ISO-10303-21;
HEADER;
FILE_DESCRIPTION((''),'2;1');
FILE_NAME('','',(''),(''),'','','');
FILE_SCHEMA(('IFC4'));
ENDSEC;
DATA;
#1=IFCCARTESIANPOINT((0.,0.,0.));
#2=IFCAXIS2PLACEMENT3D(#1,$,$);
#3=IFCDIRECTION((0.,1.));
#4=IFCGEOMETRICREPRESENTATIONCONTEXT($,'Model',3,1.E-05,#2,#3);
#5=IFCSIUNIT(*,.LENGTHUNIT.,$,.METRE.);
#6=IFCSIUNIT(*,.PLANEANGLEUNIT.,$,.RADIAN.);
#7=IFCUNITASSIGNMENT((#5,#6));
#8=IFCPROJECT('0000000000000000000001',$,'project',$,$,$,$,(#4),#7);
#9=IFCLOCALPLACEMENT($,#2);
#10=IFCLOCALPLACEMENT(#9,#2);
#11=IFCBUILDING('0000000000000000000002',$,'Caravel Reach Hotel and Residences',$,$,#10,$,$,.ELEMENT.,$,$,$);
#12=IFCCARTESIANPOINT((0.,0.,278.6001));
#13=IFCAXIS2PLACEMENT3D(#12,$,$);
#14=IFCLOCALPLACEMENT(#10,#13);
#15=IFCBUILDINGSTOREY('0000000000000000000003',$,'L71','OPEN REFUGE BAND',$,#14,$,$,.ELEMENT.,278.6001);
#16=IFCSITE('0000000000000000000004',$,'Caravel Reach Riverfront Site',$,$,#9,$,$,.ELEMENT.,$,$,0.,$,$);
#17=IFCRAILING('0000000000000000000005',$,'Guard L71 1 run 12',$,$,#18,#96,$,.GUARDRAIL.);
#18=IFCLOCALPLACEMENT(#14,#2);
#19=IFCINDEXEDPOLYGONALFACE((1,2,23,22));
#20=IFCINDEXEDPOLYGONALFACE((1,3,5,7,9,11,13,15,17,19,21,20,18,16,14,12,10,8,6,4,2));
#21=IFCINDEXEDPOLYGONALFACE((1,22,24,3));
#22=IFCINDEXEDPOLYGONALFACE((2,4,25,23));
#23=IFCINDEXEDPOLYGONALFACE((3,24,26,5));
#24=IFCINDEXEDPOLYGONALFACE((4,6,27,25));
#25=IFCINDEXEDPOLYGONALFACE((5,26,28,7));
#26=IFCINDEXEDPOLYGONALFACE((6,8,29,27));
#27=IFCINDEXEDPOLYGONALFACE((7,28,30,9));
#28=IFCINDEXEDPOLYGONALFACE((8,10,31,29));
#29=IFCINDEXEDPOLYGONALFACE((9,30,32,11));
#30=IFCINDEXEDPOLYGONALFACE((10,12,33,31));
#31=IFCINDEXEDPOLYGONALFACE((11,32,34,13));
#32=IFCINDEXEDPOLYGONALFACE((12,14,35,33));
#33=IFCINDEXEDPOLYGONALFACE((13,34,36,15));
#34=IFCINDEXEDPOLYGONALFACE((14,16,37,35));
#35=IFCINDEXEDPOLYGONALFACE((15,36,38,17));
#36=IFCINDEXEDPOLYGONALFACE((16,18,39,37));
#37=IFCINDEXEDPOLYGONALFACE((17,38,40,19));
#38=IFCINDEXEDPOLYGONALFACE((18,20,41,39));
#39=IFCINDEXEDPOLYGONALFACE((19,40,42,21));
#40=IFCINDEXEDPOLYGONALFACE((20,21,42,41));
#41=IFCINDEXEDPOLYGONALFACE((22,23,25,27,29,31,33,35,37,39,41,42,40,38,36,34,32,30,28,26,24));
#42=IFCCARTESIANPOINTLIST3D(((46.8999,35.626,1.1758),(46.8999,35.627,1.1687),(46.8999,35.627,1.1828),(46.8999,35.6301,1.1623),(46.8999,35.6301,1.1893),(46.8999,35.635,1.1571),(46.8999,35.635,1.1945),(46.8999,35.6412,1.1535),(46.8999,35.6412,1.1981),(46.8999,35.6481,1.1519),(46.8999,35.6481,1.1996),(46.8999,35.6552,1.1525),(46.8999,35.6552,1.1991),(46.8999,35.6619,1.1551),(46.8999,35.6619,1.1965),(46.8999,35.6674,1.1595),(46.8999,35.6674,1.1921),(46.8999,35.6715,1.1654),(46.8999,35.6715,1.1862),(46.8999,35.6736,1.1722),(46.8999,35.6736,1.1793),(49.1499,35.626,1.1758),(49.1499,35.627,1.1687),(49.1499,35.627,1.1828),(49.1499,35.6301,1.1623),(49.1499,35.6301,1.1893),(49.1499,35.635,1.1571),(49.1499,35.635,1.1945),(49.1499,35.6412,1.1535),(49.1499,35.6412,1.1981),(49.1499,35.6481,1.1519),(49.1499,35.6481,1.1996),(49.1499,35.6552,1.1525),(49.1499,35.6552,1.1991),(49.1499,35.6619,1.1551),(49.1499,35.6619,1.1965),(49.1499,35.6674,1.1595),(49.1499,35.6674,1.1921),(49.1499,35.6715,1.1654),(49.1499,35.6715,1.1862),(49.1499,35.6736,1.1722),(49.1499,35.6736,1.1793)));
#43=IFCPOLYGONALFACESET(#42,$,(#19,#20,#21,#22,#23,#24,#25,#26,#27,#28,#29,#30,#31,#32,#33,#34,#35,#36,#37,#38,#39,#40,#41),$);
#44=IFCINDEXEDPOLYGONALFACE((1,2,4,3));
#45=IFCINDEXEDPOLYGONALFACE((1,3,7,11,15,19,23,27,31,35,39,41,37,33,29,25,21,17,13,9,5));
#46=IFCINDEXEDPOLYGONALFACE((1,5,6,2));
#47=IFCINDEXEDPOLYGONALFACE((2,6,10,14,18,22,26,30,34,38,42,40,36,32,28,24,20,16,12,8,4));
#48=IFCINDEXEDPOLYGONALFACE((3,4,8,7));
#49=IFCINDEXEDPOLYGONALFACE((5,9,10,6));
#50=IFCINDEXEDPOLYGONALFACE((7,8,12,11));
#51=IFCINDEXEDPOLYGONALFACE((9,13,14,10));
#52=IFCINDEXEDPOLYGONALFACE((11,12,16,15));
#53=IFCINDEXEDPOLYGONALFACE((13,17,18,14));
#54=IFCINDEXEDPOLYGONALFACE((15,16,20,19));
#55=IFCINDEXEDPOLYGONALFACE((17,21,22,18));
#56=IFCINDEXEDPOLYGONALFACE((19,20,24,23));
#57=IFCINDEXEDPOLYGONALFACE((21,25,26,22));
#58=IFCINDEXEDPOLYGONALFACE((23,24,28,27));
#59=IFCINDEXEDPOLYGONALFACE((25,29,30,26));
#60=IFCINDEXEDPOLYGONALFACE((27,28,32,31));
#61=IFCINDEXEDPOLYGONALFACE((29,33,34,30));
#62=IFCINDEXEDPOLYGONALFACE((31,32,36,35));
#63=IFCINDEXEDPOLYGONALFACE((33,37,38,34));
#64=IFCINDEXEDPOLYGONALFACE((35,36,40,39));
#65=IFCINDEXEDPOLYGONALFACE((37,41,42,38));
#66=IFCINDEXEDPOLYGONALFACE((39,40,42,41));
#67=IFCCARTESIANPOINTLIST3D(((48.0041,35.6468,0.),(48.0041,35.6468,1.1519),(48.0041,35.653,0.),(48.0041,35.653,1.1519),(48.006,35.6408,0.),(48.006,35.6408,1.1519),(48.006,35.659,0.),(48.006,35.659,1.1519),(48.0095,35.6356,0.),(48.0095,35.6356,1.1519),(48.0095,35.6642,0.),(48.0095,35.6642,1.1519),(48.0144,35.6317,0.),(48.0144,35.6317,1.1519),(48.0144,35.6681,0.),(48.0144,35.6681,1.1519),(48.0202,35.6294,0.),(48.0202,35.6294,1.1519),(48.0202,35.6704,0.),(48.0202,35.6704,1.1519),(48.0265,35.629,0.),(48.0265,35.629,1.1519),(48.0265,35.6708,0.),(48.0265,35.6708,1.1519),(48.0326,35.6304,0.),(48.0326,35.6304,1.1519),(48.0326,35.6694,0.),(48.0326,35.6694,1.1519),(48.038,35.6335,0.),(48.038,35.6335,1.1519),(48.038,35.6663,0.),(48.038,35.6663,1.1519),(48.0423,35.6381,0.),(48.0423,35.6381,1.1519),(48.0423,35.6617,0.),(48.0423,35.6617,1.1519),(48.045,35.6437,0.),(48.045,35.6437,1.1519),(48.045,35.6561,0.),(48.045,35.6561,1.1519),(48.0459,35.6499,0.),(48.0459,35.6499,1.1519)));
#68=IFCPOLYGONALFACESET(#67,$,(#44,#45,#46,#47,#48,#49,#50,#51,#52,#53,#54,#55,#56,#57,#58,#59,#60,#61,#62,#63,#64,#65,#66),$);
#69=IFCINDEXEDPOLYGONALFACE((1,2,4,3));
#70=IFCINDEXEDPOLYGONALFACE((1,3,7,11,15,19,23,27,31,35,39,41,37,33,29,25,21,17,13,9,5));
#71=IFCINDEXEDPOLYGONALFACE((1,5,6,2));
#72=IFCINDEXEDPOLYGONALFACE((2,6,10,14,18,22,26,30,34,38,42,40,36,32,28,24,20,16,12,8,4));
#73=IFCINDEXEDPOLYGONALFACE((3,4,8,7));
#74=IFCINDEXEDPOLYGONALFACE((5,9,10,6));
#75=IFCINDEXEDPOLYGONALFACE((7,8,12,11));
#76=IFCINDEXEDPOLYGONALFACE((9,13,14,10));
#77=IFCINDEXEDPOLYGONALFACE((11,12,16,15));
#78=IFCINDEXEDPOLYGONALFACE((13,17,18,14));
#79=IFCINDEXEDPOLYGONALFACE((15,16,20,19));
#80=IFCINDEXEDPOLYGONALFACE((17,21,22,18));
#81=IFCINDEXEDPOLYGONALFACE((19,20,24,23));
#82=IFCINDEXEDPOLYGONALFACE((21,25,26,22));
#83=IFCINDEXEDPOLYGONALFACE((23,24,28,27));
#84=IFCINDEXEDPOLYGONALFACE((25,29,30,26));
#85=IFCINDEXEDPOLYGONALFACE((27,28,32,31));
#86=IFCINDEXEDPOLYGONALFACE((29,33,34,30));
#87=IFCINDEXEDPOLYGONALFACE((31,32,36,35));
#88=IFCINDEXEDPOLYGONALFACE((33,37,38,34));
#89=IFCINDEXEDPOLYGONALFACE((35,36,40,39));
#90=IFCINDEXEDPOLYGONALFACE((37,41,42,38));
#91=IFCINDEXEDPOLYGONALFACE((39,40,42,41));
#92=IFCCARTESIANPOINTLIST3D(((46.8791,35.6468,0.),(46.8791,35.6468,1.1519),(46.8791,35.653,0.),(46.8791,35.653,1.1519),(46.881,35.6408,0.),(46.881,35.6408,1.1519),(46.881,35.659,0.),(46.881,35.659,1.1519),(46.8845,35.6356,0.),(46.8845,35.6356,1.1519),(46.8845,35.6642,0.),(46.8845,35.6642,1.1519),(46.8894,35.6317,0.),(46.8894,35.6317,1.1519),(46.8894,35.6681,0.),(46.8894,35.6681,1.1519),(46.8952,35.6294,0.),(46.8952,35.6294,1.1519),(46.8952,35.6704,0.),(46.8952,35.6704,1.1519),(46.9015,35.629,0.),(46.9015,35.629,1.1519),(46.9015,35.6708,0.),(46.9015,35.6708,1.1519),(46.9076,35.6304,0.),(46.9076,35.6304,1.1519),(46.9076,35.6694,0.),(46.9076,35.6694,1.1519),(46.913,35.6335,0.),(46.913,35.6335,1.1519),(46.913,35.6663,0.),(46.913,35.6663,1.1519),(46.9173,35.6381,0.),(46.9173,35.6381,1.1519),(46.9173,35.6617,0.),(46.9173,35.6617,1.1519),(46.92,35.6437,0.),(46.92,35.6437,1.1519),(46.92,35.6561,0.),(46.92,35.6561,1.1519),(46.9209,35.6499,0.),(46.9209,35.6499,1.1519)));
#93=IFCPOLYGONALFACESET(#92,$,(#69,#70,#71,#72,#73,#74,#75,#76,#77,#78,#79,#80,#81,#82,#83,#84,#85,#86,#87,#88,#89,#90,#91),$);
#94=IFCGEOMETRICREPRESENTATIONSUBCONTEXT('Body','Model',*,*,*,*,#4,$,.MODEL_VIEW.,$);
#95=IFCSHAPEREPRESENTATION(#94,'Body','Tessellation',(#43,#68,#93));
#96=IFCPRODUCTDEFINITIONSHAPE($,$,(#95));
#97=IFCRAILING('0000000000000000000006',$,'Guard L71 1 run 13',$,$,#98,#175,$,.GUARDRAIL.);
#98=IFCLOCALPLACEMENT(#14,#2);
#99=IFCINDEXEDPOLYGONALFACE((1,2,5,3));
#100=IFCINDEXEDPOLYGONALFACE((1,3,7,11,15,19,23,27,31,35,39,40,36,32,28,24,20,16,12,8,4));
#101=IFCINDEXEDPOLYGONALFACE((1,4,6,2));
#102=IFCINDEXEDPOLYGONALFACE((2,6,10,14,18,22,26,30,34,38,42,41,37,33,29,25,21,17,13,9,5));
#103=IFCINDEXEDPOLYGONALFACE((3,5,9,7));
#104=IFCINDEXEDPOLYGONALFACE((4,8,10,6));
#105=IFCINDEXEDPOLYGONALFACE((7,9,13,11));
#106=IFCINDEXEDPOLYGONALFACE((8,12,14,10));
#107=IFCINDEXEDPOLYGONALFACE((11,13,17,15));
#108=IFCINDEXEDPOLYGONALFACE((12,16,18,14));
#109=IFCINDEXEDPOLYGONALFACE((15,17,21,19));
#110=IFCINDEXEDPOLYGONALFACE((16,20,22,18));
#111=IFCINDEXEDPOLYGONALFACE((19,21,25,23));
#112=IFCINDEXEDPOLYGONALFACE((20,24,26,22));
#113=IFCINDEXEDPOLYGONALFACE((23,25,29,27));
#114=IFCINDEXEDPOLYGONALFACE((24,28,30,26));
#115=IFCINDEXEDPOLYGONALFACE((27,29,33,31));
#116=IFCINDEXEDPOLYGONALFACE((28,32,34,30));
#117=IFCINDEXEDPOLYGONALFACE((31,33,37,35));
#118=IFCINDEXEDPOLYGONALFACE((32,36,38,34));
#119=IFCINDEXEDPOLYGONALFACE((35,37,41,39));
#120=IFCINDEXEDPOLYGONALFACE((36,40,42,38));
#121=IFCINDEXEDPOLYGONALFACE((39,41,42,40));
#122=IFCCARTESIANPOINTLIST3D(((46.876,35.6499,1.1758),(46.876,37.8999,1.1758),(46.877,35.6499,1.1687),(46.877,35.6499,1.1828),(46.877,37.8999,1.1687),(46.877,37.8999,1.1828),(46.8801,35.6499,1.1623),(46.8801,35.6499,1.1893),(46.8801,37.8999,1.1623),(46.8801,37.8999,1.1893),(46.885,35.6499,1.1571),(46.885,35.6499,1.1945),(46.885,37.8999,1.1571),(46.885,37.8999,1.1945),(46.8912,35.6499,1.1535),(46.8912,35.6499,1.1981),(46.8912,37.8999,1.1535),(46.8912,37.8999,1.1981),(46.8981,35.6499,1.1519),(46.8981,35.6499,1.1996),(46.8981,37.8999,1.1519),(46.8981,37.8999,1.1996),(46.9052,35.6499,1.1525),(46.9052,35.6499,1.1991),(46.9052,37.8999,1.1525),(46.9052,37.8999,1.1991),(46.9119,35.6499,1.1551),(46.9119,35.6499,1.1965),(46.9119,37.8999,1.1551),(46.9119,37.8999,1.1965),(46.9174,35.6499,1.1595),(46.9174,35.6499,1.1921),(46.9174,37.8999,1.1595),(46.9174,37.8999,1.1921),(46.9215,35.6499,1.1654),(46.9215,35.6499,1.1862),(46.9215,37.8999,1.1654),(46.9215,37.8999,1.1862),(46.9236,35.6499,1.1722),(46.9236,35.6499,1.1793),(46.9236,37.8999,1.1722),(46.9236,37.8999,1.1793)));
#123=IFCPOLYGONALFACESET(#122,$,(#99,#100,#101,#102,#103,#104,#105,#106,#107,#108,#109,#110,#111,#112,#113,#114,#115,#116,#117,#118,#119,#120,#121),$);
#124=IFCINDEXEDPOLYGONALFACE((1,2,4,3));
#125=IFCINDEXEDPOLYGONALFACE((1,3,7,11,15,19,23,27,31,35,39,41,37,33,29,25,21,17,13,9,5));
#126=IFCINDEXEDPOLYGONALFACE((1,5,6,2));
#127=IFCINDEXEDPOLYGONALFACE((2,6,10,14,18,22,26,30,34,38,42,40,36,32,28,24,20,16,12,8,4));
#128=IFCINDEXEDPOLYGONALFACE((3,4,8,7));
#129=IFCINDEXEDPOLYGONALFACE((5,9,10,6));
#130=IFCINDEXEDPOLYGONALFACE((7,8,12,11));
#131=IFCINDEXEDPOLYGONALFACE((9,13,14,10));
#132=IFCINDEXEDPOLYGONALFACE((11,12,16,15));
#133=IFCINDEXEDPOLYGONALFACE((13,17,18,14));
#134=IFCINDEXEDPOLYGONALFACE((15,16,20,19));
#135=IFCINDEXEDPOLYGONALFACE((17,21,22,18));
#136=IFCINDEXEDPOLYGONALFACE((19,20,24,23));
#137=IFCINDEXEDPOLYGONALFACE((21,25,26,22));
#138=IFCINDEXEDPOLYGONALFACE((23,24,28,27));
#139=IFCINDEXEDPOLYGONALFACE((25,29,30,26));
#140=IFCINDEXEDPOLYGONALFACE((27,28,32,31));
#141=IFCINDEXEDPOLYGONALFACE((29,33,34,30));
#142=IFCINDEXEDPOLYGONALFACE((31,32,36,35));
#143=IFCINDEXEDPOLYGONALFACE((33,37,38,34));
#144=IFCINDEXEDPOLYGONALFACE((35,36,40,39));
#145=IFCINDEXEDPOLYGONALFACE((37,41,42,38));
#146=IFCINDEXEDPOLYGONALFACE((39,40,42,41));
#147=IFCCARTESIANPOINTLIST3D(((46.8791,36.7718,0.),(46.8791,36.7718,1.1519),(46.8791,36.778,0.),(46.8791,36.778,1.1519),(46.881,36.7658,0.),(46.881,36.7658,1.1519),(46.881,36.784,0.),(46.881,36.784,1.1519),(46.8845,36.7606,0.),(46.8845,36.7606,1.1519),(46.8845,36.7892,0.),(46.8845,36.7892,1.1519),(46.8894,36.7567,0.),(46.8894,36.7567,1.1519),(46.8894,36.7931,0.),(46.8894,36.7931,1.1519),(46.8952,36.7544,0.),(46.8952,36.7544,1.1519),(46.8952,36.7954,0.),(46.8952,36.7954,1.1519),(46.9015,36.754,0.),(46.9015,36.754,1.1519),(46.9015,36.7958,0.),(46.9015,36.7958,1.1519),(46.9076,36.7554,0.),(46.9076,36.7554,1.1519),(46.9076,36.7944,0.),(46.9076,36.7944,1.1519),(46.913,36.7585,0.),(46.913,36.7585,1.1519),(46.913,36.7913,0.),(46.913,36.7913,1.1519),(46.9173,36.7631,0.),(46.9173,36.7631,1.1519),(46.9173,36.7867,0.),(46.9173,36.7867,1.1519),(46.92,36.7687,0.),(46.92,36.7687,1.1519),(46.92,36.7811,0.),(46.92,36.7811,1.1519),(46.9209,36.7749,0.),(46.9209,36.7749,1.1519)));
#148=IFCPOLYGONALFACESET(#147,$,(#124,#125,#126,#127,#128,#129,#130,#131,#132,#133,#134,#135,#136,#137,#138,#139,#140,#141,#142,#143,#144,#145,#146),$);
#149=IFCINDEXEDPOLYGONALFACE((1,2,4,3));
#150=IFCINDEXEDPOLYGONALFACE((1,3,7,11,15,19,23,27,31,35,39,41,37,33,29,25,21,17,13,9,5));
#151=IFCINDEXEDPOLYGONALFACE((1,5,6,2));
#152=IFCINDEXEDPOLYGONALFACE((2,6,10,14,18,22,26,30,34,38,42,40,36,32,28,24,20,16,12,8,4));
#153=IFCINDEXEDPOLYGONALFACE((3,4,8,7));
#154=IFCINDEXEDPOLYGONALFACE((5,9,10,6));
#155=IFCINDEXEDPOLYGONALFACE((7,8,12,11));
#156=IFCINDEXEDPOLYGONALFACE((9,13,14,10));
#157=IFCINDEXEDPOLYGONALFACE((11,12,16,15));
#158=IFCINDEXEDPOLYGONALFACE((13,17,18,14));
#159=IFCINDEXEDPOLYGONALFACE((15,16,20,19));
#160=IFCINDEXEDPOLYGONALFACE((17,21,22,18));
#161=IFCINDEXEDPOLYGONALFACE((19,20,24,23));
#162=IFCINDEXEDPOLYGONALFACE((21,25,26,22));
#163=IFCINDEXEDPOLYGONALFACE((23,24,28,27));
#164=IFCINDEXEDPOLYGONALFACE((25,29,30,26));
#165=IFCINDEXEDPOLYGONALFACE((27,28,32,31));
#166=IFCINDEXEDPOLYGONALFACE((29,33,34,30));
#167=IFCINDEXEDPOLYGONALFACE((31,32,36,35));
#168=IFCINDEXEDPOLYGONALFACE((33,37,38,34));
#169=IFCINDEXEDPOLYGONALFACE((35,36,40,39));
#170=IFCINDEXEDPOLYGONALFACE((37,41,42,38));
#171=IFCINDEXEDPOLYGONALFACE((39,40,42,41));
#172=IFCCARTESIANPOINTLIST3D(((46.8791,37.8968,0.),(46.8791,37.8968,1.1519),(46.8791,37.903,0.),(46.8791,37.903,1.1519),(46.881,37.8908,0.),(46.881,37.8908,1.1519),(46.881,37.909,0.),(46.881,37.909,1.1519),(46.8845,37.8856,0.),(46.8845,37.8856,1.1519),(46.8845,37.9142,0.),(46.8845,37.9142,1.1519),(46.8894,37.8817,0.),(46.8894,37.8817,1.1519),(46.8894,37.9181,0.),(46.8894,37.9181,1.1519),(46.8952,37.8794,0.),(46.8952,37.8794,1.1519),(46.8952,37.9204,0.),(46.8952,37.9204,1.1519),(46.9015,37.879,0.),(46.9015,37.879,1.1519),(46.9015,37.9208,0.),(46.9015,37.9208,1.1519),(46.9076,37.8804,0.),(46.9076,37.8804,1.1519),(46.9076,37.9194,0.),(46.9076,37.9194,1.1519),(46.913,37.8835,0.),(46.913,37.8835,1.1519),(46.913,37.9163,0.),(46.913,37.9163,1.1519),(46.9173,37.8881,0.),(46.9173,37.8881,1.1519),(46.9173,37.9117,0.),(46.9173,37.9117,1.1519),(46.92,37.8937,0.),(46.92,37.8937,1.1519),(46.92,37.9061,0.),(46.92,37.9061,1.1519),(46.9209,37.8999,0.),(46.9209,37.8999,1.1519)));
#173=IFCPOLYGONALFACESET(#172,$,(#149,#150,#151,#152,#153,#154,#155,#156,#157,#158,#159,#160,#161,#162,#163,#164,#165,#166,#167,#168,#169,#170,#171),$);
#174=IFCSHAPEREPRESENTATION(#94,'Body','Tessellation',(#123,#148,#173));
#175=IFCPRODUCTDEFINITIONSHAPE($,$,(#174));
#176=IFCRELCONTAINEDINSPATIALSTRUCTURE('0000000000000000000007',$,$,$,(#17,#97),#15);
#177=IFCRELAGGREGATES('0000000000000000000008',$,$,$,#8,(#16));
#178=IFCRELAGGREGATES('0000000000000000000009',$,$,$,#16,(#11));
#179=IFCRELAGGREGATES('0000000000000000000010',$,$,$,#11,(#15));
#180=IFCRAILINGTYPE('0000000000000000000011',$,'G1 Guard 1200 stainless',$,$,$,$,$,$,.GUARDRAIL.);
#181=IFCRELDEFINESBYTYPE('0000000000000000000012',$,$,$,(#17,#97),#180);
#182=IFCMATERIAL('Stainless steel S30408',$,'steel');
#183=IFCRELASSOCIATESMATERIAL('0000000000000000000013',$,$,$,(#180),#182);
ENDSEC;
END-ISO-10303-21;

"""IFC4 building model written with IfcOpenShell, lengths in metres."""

from ifc_helpers import new_model, si_unit, direction, frame, origin, origin_2d, place, context, subcontext, project, spatial, circle, extrude, material, type_object, element, save


model = new_model("IFC4")

# Units and contexts
model_context = context("Model", 3, precision=1e-05, world=origin(), true_north=direction((0.0, 1.0)))
body_context = subcontext(model_context, "Body", "Model", "MODEL_VIEW")
ifc_project = project(units=[si_unit("LENGTHUNIT", "METRE"), si_unit("PLANEANGLEUNIT", "RADIAN")], contexts=[model_context])

# Site, building, storey
site_placement = place(None, origin())
site = spatial("IfcSite", under=ifc_project, at=site_placement, Name="Caravel Reach Riverfront Site", CompositionType="ELEMENT", RefElevation=0.0)
building_placement = place(site_placement, origin())
building = spatial("IfcBuilding", under=site, at=building_placement, Name="Caravel Reach Hotel and Residences", CompositionType="ELEMENT")
storey_placement = place(building_placement, frame((0.0, 0.0, 278.6001)))
storey = spatial("IfcBuildingStorey", under=building, at=storey_placement, Name="L71", Description="OPEN REFUGE BAND", CompositionType="ELEMENT", Elevation=278.6001)

# Railings
ifc_material_1 = material(Name="Stainless steel S30408", Category="steel")
railing_type = type_object("IfcRailingType", Name="G1 Guard 1200 stainless", PredefinedType="GUARDRAIL", material=ifc_material_1)
railing_1_placement = place(storey_placement, frame((49.1499, 35.6499, 0.0)))
element("IfcRailing", 1, at=railing_1_placement, inside=storey, type_object=railing_type, Name="Guard L71 1 run 12", PredefinedType="GUARDRAIL", context=body_context, shape_type="SweptSolid", body=[
    extrude(circle(Radius=0.0239, at=origin_2d()), frame((0.0, 0.0, 1.1758), z_axis=(-1.0, 0.0, 0.0), x_axis=(0.0, -1.0, 0.0)), (0.0, 0.0, 1.0), 2.25),
    extrude(circle(Radius=0.021, at=origin_2d()), frame((-1.125, 0.0, 0.0)), (0.0, 0.0, 1.0), 1.1519),
    extrude(circle(Radius=0.021, at=origin_2d()), frame((-2.25, 0.0, 0.0)), (0.0, 0.0, 1.0), 1.1519),
])
railing_2_placement = place(storey_placement, frame((46.8999, 35.6499, 0.0)))
element("IfcRailing", 2, at=railing_2_placement, inside=storey, type_object=railing_type, Name="Guard L71 1 run 13", PredefinedType="GUARDRAIL", context=body_context, shape_type="SweptSolid", body=[
    extrude(circle(Radius=0.0239, at=origin_2d()), frame((0.0, 0.0, 1.1758), z_axis=(0.0, 1.0, 0.0), x_axis=(-1.0, 0.0, 0.0)), (0.0, 0.0, 1.0), 2.25),
    extrude(circle(Radius=0.021, at=origin_2d()), frame((0.0, 1.125, 0.0)), (0.0, 0.0, 1.0), 1.1519),
    extrude(circle(Radius=0.021, at=origin_2d()), frame((0.0, 2.25, 0.0)), (0.0, 0.0, 1.0), 1.1519),
])

save(model, "model.ifc")
